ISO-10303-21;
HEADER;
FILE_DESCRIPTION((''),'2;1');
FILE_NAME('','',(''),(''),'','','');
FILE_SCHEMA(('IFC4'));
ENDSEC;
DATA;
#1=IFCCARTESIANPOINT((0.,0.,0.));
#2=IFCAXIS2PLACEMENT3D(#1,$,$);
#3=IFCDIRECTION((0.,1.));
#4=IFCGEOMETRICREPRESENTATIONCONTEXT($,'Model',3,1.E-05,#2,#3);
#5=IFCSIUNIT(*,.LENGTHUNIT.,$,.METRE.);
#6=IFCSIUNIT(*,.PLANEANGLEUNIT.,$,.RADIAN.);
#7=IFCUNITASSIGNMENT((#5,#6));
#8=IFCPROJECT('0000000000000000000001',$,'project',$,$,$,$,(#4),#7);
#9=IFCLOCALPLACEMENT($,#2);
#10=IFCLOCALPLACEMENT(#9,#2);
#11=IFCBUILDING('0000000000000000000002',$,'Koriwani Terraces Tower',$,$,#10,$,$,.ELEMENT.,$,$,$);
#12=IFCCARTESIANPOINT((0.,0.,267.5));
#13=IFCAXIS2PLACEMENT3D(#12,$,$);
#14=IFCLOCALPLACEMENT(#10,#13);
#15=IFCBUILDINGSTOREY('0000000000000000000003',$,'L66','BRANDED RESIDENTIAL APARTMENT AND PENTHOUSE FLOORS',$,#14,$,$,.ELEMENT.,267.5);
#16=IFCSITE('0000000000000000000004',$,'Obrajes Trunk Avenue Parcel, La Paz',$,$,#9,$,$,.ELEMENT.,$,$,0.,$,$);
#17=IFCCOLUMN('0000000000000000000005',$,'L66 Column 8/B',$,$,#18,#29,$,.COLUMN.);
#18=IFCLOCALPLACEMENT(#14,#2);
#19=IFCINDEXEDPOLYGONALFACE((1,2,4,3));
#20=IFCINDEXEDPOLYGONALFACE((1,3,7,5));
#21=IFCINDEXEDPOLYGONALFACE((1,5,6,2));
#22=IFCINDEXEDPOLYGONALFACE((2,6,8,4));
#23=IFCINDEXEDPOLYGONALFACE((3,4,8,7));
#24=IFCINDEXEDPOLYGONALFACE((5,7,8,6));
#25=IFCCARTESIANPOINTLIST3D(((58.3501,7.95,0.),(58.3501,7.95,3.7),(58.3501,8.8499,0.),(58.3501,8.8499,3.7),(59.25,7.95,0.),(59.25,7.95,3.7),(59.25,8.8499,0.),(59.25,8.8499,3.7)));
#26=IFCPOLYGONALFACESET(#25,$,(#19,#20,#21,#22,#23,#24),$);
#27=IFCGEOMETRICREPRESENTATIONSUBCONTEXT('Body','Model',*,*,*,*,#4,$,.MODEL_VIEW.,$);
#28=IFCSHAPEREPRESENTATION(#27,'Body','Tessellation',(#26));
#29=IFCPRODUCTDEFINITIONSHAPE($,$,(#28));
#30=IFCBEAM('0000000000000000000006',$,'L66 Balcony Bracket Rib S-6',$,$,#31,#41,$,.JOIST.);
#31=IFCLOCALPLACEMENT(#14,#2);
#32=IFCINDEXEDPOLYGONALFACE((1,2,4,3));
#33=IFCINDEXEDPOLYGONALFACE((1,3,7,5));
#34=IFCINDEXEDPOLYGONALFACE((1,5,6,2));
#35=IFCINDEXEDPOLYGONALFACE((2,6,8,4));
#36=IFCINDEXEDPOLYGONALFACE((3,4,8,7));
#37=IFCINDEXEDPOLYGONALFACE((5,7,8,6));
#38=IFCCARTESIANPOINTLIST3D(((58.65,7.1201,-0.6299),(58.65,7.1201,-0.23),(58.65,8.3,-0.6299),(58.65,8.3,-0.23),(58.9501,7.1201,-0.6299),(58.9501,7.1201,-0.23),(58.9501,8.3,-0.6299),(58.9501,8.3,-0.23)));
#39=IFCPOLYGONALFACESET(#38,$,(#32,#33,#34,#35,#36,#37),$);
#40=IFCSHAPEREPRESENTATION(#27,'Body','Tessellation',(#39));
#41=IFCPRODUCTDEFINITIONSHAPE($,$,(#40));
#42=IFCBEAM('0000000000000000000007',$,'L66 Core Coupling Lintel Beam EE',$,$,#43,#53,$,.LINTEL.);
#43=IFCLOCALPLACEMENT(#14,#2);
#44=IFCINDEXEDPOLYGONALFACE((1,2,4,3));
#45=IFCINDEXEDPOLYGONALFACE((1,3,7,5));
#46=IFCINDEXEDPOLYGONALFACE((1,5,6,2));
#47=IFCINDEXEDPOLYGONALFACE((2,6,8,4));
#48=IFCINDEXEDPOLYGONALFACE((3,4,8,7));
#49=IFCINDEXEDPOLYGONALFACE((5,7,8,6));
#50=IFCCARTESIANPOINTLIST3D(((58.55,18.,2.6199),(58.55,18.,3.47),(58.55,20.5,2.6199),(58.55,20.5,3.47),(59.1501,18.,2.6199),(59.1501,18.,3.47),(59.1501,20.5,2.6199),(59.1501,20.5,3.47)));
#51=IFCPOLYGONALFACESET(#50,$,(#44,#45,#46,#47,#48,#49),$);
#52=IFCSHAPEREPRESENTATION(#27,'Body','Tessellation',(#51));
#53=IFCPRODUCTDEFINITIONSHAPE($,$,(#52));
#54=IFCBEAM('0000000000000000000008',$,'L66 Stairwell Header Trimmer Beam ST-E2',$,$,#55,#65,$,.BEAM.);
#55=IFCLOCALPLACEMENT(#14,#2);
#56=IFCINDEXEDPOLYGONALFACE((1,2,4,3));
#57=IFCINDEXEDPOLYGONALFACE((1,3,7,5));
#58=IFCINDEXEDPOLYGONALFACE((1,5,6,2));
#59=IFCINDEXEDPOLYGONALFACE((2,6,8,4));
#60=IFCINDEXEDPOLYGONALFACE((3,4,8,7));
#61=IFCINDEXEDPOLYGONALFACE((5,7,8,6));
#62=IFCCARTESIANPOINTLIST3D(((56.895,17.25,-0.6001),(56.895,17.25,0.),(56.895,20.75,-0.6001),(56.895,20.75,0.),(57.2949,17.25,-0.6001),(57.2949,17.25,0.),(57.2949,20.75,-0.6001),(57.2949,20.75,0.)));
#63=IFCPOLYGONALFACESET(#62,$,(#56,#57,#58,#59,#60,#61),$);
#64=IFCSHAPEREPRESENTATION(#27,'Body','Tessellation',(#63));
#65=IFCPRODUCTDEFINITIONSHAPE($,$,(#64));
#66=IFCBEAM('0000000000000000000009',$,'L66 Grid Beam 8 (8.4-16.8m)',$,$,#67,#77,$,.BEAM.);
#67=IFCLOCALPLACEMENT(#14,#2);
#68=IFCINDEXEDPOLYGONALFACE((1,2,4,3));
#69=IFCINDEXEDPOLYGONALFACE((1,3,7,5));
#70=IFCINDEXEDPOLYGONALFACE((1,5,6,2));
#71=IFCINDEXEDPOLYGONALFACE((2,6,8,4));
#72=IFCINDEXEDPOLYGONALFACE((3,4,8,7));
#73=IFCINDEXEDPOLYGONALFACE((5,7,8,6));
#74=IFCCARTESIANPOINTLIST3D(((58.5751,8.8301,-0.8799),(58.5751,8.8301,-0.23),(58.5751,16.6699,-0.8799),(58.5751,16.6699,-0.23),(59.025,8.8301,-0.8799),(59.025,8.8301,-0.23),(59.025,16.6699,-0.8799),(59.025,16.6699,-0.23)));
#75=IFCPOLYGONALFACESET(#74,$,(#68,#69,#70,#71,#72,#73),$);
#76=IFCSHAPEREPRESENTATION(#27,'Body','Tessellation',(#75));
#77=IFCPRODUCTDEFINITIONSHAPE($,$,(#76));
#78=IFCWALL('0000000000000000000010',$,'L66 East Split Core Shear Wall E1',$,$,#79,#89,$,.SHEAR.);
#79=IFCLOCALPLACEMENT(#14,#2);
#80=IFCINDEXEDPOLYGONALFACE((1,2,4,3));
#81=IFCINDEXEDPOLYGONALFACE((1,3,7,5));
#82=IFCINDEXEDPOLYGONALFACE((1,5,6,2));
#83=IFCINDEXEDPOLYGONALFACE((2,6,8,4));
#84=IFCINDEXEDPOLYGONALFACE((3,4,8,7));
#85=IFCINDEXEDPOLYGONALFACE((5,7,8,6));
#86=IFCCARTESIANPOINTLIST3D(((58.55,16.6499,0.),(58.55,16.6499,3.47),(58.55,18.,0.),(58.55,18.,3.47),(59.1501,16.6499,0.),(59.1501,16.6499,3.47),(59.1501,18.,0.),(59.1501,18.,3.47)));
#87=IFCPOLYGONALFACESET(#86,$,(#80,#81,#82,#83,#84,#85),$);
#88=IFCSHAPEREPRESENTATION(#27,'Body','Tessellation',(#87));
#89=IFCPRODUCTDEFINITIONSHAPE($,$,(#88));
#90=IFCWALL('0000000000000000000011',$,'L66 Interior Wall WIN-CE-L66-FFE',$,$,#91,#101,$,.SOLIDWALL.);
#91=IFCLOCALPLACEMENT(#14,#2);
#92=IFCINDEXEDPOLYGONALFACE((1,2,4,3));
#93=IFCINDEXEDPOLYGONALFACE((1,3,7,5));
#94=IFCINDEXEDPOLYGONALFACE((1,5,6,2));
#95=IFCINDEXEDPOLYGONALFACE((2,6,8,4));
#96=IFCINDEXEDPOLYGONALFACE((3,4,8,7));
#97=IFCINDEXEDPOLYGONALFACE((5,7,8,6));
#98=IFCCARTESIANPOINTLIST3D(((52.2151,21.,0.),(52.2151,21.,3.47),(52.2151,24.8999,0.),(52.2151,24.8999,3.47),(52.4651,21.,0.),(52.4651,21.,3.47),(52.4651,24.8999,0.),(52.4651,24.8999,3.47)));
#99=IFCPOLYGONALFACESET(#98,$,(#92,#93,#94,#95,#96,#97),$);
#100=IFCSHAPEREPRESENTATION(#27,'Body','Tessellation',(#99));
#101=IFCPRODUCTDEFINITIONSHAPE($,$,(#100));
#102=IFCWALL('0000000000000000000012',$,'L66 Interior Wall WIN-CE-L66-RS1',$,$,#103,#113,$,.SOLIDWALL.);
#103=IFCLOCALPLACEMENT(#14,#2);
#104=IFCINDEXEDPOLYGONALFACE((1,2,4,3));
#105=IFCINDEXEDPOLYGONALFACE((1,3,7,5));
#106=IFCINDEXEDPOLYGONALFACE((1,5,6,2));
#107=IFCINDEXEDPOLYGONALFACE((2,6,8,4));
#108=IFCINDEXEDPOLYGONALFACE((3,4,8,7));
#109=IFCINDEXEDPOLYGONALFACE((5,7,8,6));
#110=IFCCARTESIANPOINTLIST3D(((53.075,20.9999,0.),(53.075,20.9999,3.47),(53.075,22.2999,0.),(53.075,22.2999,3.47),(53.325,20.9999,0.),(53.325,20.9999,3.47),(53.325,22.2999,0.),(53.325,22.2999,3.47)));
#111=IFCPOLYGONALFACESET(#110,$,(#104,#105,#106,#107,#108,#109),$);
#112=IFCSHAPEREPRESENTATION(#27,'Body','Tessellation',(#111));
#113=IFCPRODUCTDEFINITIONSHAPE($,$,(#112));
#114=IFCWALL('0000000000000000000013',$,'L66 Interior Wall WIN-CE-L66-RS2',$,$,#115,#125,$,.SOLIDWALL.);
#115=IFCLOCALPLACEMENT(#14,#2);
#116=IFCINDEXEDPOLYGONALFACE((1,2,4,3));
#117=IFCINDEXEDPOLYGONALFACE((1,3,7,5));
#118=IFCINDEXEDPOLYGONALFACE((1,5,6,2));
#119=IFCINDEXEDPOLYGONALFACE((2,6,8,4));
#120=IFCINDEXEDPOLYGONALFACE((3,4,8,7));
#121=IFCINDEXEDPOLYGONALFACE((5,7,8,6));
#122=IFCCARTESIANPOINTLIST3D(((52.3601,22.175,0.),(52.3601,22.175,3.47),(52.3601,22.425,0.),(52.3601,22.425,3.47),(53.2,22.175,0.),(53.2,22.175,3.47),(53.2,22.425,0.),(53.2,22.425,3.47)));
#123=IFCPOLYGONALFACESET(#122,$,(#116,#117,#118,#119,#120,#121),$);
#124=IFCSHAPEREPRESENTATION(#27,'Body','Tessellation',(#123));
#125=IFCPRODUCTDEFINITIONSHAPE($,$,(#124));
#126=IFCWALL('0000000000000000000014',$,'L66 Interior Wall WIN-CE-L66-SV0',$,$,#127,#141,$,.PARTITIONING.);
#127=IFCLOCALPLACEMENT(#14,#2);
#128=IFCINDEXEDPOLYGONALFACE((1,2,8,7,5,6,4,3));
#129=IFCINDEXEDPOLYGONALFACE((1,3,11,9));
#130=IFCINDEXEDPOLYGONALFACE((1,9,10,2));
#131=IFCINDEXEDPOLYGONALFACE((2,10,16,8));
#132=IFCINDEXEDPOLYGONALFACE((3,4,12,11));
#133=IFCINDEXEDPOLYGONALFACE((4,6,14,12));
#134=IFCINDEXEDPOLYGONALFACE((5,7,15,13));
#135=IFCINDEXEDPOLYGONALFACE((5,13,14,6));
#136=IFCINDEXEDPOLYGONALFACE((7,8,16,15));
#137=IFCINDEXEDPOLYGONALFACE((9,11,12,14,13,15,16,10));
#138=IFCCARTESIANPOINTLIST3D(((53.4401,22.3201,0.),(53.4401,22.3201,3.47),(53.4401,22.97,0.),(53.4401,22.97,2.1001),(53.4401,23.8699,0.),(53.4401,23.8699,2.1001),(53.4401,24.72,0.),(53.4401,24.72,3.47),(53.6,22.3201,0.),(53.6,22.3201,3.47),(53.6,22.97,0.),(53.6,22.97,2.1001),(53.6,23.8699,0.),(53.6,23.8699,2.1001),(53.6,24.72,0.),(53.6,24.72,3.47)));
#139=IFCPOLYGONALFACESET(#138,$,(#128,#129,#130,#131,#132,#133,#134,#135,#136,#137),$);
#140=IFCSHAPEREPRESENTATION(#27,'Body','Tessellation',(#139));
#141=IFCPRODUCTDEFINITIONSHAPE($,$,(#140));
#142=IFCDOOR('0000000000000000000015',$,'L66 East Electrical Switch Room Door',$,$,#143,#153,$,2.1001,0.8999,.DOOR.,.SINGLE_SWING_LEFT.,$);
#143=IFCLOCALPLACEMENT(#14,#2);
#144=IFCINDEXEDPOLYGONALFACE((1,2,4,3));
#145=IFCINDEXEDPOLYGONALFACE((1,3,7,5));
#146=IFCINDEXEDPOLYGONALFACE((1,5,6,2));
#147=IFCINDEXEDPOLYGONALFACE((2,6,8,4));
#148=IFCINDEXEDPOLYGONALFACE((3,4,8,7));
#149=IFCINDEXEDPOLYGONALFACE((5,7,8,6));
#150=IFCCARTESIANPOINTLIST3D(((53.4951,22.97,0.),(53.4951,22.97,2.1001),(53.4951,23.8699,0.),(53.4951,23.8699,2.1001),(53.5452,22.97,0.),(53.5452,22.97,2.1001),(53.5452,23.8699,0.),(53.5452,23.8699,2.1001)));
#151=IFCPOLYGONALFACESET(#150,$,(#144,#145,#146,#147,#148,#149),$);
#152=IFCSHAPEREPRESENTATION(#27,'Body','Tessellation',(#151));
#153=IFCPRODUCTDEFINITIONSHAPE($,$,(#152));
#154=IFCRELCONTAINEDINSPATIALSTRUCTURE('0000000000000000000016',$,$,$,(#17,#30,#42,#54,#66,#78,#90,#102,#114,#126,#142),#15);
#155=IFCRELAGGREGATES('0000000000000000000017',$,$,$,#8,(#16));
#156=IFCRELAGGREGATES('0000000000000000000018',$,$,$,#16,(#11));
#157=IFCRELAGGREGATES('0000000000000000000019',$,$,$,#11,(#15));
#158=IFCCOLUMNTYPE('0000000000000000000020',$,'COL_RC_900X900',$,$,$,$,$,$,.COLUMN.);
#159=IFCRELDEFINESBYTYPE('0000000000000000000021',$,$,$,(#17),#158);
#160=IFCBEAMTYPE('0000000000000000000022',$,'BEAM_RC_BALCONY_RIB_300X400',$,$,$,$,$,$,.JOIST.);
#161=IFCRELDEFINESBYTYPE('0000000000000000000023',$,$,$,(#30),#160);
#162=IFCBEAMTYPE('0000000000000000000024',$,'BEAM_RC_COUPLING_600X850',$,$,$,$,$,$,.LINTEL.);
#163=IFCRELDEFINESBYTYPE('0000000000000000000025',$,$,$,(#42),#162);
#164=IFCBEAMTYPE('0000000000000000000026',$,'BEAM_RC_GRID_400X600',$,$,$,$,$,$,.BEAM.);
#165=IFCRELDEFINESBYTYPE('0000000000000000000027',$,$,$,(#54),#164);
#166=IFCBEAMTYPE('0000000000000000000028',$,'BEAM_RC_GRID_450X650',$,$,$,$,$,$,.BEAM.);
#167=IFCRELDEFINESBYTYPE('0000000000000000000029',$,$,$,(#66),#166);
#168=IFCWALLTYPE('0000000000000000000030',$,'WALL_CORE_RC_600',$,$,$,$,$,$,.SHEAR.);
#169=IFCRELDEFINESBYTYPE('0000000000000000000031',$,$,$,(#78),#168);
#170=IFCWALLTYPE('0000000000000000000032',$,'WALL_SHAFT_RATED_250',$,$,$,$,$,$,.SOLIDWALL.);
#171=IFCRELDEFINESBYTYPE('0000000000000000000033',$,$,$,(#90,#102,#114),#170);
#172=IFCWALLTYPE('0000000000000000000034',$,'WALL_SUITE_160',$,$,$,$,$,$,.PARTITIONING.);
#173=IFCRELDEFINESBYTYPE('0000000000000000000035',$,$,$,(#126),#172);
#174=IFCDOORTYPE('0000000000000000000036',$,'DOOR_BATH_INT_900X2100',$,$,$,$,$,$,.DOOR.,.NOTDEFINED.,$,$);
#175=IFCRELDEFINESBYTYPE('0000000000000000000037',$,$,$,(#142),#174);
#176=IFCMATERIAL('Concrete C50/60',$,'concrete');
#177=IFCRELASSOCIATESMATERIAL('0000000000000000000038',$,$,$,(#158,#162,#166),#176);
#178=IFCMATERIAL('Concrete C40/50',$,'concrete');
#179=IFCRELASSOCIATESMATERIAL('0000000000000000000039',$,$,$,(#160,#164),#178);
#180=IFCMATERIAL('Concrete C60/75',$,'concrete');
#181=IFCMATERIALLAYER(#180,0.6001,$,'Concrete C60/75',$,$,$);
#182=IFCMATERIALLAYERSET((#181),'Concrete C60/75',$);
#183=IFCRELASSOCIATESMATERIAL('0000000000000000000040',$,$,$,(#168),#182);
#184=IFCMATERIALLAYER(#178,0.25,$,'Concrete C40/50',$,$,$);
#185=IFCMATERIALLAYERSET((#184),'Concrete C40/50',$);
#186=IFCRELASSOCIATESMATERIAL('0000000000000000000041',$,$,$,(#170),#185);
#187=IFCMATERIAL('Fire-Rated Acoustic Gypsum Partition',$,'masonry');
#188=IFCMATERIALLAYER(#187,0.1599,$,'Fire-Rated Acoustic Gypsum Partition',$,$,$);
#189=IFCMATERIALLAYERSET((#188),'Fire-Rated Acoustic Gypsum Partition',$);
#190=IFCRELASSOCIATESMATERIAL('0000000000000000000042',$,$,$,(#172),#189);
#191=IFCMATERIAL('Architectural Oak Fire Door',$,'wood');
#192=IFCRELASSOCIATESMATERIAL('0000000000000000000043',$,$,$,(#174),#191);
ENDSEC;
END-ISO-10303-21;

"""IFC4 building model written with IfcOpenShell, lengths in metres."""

from ifc_helpers import new_model, si_unit, direction, frame, frame_2d, origin, origin_2d, place, context, subcontext, project, spatial, rectangle, extrude, material, layer, layer_set, material_profile, profile_set, type_object, element, fill, save


model = new_model("IFC4")

# Units and contexts
model_context = context("Model", 3, precision=1e-05, world=origin(), true_north=direction((0.0, 1.0)))
body_context = subcontext(model_context, "Body", "Model", "MODEL_VIEW")
ifc_project = project(units=[si_unit("LENGTHUNIT", "METRE"), si_unit("PLANEANGLEUNIT", "RADIAN")], contexts=[model_context])

# Site, building, storey
site_placement = place(None, origin())
site = spatial("IfcSite", under=ifc_project, at=site_placement, Name="Obrajes Trunk Avenue Parcel, La Paz", CompositionType="ELEMENT", RefElevation=0.0)
building_placement = place(site_placement, origin())
building = spatial("IfcBuilding", under=site, at=building_placement, Name="Koriwani Terraces Tower", CompositionType="ELEMENT")
storey_placement = place(building_placement, frame((0.0, 0.0, 267.5)))
storey = spatial("IfcBuildingStorey", under=building, at=storey_placement, Name="L66", Description="BRANDED RESIDENTIAL APARTMENT AND PENTHOUSE FLOORS", CompositionType="ELEMENT", Elevation=267.5)

# Column
ifc_material_1 = material(Name="Concrete C50/60", Category="concrete")
ifc_material_profile_1 = material_profile(ifc_material_1, rectangle(XDim=0.8999, YDim=0.8999, at=origin_2d()), Name="Concrete C50/60", Category="LoadBearing")
ifc_profile_set_1 = profile_set([ifc_material_profile_1], Name="Concrete C50/60")
column_type = type_object("IfcColumnType", Name="COL_RC_900X900", PredefinedType="COLUMN", material=ifc_profile_set_1)
column_placement = place(storey_placement, frame((58.8, 8.3999, 0.0), z_axis=(0.0, 0.0, 1.0), x_axis=(1.0, 0.0, 0.0)))
element("IfcColumn", 1, at=column_placement, inside=storey, type_object=column_type, Name="L66 Column 8/B", PredefinedType="COLUMN", context=body_context, shape_type="SweptSolid", body=[
    extrude(rectangle(XDim=0.8999, YDim=0.8999, at=origin_2d()), origin(), (0.0, 0.0, 1.0), 3.7),
])

# Beams
ifc_material_2 = material(Name="Concrete C40/50", Category="concrete")
ifc_material_profile_2 = material_profile(ifc_material_2, rectangle(XDim=0.3, YDim=0.3999, at=origin_2d()), Name="Concrete C40/50", Category="LoadBearing")
ifc_profile_set_2 = profile_set([ifc_material_profile_2], Name="Concrete C40/50")
beam_type_1 = type_object("IfcBeamType", Name="BEAM_RC_BALCONY_RIB_300X400", PredefinedType="JOIST", material=ifc_profile_set_2)
beam_1_placement = place(storey_placement, frame((58.8, 7.1201, -0.4299), z_axis=(0.0, 1.0, 0.0), x_axis=(-1.0, 0.0, 0.0)))
element("IfcBeam", 2, at=beam_1_placement, inside=storey, type_object=beam_type_1, Name="L66 Balcony Bracket Rib S-6", PredefinedType="JOIST", context=body_context, shape_type="SweptSolid", body=[
    extrude(rectangle(XDim=0.3, YDim=0.3999, at=origin_2d()), origin(), (0.0, 0.0, 1.0), 1.1799),
])
ifc_material_profile_3 = material_profile(ifc_material_1, rectangle(XDim=0.6001, YDim=0.8501, at=origin_2d()), Name="Concrete C50/60", Category="LoadBearing")
ifc_profile_set_3 = profile_set([ifc_material_profile_3], Name="Concrete C50/60")
beam_type_2 = type_object("IfcBeamType", Name="BEAM_RC_COUPLING_600X850", PredefinedType="LINTEL", material=ifc_profile_set_3)
beam_2_placement = place(storey_placement, frame((58.8501, 18.0, 3.0449), z_axis=(0.0, 1.0, 0.0), x_axis=(-1.0, 0.0, 0.0)))
element("IfcBeam", 3, at=beam_2_placement, inside=storey, type_object=beam_type_2, Name="L66 Core Coupling Lintel Beam EE", PredefinedType="LINTEL", context=body_context, shape_type="SweptSolid", body=[
    extrude(rectangle(XDim=0.6001, YDim=0.8501, at=origin_2d()), origin(), (0.0, 0.0, 1.0), 2.5),
])
ifc_material_profile_4 = material_profile(ifc_material_2, rectangle(XDim=0.3999, YDim=0.6001, at=origin_2d()), Name="Concrete C40/50", Category="LoadBearing")
ifc_profile_set_4 = profile_set([ifc_material_profile_4], Name="Concrete C40/50")
beam_type_3 = type_object("IfcBeamType", Name="BEAM_RC_GRID_400X600", PredefinedType="BEAM", material=ifc_profile_set_4)
beam_3_placement = place(storey_placement, frame((57.095, 17.25, -0.3), z_axis=(0.0, 1.0, 0.0), x_axis=(-1.0, 0.0, 0.0)))
element("IfcBeam", 4, at=beam_3_placement, inside=storey, type_object=beam_type_3, Name="L66 Stairwell Header Trimmer Beam ST-E2", PredefinedType="BEAM", context=body_context, shape_type="SweptSolid", body=[
    extrude(rectangle(XDim=0.3999, YDim=0.6001, at=origin_2d()), origin(), (0.0, 0.0, 1.0), 3.5),
])
ifc_material_profile_5 = material_profile(ifc_material_1, rectangle(XDim=0.45, YDim=0.6499, at=origin_2d()), Name="Concrete C50/60", Category="LoadBearing")
ifc_profile_set_5 = profile_set([ifc_material_profile_5], Name="Concrete C50/60")
beam_type_4 = type_object("IfcBeamType", Name="BEAM_RC_GRID_450X650", PredefinedType="BEAM", material=ifc_profile_set_5)
beam_4_placement = place(storey_placement, frame((58.8, 8.8301, -0.5549), z_axis=(0.0, 1.0, 0.0), x_axis=(-1.0, 0.0, 0.0)))
element("IfcBeam", 5, at=beam_4_placement, inside=storey, type_object=beam_type_4, Name="L66 Grid Beam 8 (8.4-16.8m)", PredefinedType="BEAM", context=body_context, shape_type="SweptSolid", body=[
    extrude(rectangle(XDim=0.45, YDim=0.6499, at=origin_2d()), origin(), (0.0, 0.0, 1.0), 7.8398),
])

# Wall
ifc_material_3 = material(Name="Concrete C60/75", Category="concrete")
ifc_layer_1 = layer(ifc_material_3, 0.6001, Name="Concrete C60/75")
ifc_layer_set_1 = layer_set([ifc_layer_1], Name="Concrete C60/75")
wall_type_1 = type_object("IfcWallType", Name="WALL_CORE_RC_600", PredefinedType="SHEAR", material=ifc_layer_set_1)
wall_1_placement = place(storey_placement, frame((58.8501, 16.6499, 0.0), z_axis=(0.0, 0.0, 1.0), x_axis=(0.0, 1.0, 0.0)))
element("IfcWall", 6, at=wall_1_placement, inside=storey, type_object=wall_type_1, Name="L66 East Split Core Shear Wall E1", PredefinedType="SHEAR", context=body_context, shape_type="SweptSolid", body=[
    extrude(rectangle(XDim=1.3501, YDim=0.6001, at=frame_2d((0.675, 0.0))), origin(), (0.0, 0.0, 1.0), 3.47),
])

# Shared definitions
ifc_layer_2 = layer(ifc_material_2, 0.25, Name="Concrete C40/50")
ifc_layer_set_2 = layer_set([ifc_layer_2], Name="Concrete C40/50")
wall_type_2 = type_object("IfcWallType", Name="WALL_SHAFT_RATED_250", PredefinedType="SOLIDWALL", material=ifc_layer_set_2)

# Wall
wall_2_placement = place(storey_placement, frame((52.3401, 21.0, 0.0), z_axis=(0.0, 0.0, 1.0), x_axis=(0.0, 1.0, 0.0)))
element("IfcWall", 7, at=wall_2_placement, inside=storey, type_object=wall_type_2, Name="L66 Interior Wall WIN-CE-L66-FFE", PredefinedType="SOLIDWALL", context=body_context, shape_type="SweptSolid", body=[
    extrude(rectangle(XDim=3.8999, YDim=0.25, at=frame_2d((1.95, 0.0))), origin(), (0.0, 0.0, 1.0), 3.47),
])

# Walls
wall_3_placement = place(storey_placement, frame((53.2, 21.0, 0.0), z_axis=(0.0, 0.0, 1.0), x_axis=(0.0, 1.0, 0.0)))
element("IfcWall", 8, at=wall_3_placement, inside=storey, type_object=wall_type_2, Name="L66 Interior Wall WIN-CE-L66-RS1", PredefinedType="SOLIDWALL", context=body_context, shape_type="SweptSolid", body=[
    extrude(rectangle(XDim=1.3, YDim=0.25, at=frame_2d((0.6499, 0.0))), origin(), (0.0, 0.0, 1.0), 3.47),
])
wall_4_placement = place(storey_placement, frame((52.3601, 22.3, 0.0), z_axis=(0.0, 0.0, 1.0), x_axis=(1.0, 0.0, 0.0)))
element("IfcWall", 9, at=wall_4_placement, inside=storey, type_object=wall_type_2, Name="L66 Interior Wall WIN-CE-L66-RS2", PredefinedType="SOLIDWALL", context=body_context, shape_type="SweptSolid", body=[
    extrude(rectangle(XDim=0.8398, YDim=0.25, at=frame_2d((0.4199, 0.0))), origin(), (0.0, 0.0, 1.0), 3.47),
])

# Wall, opening, door
ifc_material_4 = material(Name="Fire-Rated Acoustic Gypsum Partition", Category="masonry")
ifc_layer_3 = layer(ifc_material_4, 0.1599, Name="Fire-Rated Acoustic Gypsum Partition")
ifc_layer_set_3 = layer_set([ifc_layer_3], Name="Fire-Rated Acoustic Gypsum Partition")
wall_type_3 = type_object("IfcWallType", Name="WALL_SUITE_160", PredefinedType="PARTITIONING", material=ifc_layer_set_3)
wall_5_placement = place(storey_placement, frame((53.52, 22.3201, 0.0), z_axis=(0.0, 0.0, 1.0), x_axis=(0.0, 1.0, 0.0)))
wall_5 = element("IfcWall", 10, at=wall_5_placement, inside=storey, type_object=wall_type_3, Name="L66 Interior Wall WIN-CE-L66-SV0", PredefinedType="PARTITIONING", context=body_context, shape_type="SweptSolid", body=[
    extrude(rectangle(XDim=2.3999, YDim=0.1599, at=frame_2d((1.2, 0.0))), origin(), (0.0, 0.0, 1.0), 3.47),
])
opening_1_placement = place(wall_5_placement, frame((0.6499, 0.0, 0.0)))
opening_1 = element("IfcOpeningElement", 11, at=opening_1_placement, cuts=wall_5, PredefinedType="OPENING", context=body_context, shape_type="SweptSolid", body=[
    extrude(rectangle(XDim=0.8999, YDim=2.1001, at=frame_2d((0.45, 1.05))), frame((0.0, 0.0898, 0.0), z_axis=(0.0, -1.0, 0.0), x_axis=(1.0, 0.0, 0.0)), (0.0, 0.0, 1.0), 0.1799),
])
ifc_material_5 = material(Name="Architectural Oak Fire Door", Category="wood")
door_type_1 = type_object("IfcDoorType", Name="DOOR_BATH_INT_900X2100", OperationType="NOTDEFINED", PredefinedType="DOOR", material=ifc_material_5)
door_1_placement = place(opening_1_placement, origin())
door_1 = element("IfcDoor", 12, at=door_1_placement, inside=storey, type_object=door_type_1, Name="L66 East Electrical Switch Room Door", OperationType="SINGLE_SWING_LEFT", OverallHeight=2.1001, OverallWidth=0.8999, PredefinedType="DOOR", context=body_context, shape_type="SweptSolid", body=[
    extrude(rectangle(XDim=0.8999, YDim=2.1001, at=frame_2d((0.45, 1.05))), frame((0.0, 0.0249, 0.0), z_axis=(0.0, -1.0, 0.0), x_axis=(1.0, 0.0, 0.0)), (0.0, 0.0, 1.0), 0.05),
])
fill(opening_1, door_1)

save(model, "model.ifc")
